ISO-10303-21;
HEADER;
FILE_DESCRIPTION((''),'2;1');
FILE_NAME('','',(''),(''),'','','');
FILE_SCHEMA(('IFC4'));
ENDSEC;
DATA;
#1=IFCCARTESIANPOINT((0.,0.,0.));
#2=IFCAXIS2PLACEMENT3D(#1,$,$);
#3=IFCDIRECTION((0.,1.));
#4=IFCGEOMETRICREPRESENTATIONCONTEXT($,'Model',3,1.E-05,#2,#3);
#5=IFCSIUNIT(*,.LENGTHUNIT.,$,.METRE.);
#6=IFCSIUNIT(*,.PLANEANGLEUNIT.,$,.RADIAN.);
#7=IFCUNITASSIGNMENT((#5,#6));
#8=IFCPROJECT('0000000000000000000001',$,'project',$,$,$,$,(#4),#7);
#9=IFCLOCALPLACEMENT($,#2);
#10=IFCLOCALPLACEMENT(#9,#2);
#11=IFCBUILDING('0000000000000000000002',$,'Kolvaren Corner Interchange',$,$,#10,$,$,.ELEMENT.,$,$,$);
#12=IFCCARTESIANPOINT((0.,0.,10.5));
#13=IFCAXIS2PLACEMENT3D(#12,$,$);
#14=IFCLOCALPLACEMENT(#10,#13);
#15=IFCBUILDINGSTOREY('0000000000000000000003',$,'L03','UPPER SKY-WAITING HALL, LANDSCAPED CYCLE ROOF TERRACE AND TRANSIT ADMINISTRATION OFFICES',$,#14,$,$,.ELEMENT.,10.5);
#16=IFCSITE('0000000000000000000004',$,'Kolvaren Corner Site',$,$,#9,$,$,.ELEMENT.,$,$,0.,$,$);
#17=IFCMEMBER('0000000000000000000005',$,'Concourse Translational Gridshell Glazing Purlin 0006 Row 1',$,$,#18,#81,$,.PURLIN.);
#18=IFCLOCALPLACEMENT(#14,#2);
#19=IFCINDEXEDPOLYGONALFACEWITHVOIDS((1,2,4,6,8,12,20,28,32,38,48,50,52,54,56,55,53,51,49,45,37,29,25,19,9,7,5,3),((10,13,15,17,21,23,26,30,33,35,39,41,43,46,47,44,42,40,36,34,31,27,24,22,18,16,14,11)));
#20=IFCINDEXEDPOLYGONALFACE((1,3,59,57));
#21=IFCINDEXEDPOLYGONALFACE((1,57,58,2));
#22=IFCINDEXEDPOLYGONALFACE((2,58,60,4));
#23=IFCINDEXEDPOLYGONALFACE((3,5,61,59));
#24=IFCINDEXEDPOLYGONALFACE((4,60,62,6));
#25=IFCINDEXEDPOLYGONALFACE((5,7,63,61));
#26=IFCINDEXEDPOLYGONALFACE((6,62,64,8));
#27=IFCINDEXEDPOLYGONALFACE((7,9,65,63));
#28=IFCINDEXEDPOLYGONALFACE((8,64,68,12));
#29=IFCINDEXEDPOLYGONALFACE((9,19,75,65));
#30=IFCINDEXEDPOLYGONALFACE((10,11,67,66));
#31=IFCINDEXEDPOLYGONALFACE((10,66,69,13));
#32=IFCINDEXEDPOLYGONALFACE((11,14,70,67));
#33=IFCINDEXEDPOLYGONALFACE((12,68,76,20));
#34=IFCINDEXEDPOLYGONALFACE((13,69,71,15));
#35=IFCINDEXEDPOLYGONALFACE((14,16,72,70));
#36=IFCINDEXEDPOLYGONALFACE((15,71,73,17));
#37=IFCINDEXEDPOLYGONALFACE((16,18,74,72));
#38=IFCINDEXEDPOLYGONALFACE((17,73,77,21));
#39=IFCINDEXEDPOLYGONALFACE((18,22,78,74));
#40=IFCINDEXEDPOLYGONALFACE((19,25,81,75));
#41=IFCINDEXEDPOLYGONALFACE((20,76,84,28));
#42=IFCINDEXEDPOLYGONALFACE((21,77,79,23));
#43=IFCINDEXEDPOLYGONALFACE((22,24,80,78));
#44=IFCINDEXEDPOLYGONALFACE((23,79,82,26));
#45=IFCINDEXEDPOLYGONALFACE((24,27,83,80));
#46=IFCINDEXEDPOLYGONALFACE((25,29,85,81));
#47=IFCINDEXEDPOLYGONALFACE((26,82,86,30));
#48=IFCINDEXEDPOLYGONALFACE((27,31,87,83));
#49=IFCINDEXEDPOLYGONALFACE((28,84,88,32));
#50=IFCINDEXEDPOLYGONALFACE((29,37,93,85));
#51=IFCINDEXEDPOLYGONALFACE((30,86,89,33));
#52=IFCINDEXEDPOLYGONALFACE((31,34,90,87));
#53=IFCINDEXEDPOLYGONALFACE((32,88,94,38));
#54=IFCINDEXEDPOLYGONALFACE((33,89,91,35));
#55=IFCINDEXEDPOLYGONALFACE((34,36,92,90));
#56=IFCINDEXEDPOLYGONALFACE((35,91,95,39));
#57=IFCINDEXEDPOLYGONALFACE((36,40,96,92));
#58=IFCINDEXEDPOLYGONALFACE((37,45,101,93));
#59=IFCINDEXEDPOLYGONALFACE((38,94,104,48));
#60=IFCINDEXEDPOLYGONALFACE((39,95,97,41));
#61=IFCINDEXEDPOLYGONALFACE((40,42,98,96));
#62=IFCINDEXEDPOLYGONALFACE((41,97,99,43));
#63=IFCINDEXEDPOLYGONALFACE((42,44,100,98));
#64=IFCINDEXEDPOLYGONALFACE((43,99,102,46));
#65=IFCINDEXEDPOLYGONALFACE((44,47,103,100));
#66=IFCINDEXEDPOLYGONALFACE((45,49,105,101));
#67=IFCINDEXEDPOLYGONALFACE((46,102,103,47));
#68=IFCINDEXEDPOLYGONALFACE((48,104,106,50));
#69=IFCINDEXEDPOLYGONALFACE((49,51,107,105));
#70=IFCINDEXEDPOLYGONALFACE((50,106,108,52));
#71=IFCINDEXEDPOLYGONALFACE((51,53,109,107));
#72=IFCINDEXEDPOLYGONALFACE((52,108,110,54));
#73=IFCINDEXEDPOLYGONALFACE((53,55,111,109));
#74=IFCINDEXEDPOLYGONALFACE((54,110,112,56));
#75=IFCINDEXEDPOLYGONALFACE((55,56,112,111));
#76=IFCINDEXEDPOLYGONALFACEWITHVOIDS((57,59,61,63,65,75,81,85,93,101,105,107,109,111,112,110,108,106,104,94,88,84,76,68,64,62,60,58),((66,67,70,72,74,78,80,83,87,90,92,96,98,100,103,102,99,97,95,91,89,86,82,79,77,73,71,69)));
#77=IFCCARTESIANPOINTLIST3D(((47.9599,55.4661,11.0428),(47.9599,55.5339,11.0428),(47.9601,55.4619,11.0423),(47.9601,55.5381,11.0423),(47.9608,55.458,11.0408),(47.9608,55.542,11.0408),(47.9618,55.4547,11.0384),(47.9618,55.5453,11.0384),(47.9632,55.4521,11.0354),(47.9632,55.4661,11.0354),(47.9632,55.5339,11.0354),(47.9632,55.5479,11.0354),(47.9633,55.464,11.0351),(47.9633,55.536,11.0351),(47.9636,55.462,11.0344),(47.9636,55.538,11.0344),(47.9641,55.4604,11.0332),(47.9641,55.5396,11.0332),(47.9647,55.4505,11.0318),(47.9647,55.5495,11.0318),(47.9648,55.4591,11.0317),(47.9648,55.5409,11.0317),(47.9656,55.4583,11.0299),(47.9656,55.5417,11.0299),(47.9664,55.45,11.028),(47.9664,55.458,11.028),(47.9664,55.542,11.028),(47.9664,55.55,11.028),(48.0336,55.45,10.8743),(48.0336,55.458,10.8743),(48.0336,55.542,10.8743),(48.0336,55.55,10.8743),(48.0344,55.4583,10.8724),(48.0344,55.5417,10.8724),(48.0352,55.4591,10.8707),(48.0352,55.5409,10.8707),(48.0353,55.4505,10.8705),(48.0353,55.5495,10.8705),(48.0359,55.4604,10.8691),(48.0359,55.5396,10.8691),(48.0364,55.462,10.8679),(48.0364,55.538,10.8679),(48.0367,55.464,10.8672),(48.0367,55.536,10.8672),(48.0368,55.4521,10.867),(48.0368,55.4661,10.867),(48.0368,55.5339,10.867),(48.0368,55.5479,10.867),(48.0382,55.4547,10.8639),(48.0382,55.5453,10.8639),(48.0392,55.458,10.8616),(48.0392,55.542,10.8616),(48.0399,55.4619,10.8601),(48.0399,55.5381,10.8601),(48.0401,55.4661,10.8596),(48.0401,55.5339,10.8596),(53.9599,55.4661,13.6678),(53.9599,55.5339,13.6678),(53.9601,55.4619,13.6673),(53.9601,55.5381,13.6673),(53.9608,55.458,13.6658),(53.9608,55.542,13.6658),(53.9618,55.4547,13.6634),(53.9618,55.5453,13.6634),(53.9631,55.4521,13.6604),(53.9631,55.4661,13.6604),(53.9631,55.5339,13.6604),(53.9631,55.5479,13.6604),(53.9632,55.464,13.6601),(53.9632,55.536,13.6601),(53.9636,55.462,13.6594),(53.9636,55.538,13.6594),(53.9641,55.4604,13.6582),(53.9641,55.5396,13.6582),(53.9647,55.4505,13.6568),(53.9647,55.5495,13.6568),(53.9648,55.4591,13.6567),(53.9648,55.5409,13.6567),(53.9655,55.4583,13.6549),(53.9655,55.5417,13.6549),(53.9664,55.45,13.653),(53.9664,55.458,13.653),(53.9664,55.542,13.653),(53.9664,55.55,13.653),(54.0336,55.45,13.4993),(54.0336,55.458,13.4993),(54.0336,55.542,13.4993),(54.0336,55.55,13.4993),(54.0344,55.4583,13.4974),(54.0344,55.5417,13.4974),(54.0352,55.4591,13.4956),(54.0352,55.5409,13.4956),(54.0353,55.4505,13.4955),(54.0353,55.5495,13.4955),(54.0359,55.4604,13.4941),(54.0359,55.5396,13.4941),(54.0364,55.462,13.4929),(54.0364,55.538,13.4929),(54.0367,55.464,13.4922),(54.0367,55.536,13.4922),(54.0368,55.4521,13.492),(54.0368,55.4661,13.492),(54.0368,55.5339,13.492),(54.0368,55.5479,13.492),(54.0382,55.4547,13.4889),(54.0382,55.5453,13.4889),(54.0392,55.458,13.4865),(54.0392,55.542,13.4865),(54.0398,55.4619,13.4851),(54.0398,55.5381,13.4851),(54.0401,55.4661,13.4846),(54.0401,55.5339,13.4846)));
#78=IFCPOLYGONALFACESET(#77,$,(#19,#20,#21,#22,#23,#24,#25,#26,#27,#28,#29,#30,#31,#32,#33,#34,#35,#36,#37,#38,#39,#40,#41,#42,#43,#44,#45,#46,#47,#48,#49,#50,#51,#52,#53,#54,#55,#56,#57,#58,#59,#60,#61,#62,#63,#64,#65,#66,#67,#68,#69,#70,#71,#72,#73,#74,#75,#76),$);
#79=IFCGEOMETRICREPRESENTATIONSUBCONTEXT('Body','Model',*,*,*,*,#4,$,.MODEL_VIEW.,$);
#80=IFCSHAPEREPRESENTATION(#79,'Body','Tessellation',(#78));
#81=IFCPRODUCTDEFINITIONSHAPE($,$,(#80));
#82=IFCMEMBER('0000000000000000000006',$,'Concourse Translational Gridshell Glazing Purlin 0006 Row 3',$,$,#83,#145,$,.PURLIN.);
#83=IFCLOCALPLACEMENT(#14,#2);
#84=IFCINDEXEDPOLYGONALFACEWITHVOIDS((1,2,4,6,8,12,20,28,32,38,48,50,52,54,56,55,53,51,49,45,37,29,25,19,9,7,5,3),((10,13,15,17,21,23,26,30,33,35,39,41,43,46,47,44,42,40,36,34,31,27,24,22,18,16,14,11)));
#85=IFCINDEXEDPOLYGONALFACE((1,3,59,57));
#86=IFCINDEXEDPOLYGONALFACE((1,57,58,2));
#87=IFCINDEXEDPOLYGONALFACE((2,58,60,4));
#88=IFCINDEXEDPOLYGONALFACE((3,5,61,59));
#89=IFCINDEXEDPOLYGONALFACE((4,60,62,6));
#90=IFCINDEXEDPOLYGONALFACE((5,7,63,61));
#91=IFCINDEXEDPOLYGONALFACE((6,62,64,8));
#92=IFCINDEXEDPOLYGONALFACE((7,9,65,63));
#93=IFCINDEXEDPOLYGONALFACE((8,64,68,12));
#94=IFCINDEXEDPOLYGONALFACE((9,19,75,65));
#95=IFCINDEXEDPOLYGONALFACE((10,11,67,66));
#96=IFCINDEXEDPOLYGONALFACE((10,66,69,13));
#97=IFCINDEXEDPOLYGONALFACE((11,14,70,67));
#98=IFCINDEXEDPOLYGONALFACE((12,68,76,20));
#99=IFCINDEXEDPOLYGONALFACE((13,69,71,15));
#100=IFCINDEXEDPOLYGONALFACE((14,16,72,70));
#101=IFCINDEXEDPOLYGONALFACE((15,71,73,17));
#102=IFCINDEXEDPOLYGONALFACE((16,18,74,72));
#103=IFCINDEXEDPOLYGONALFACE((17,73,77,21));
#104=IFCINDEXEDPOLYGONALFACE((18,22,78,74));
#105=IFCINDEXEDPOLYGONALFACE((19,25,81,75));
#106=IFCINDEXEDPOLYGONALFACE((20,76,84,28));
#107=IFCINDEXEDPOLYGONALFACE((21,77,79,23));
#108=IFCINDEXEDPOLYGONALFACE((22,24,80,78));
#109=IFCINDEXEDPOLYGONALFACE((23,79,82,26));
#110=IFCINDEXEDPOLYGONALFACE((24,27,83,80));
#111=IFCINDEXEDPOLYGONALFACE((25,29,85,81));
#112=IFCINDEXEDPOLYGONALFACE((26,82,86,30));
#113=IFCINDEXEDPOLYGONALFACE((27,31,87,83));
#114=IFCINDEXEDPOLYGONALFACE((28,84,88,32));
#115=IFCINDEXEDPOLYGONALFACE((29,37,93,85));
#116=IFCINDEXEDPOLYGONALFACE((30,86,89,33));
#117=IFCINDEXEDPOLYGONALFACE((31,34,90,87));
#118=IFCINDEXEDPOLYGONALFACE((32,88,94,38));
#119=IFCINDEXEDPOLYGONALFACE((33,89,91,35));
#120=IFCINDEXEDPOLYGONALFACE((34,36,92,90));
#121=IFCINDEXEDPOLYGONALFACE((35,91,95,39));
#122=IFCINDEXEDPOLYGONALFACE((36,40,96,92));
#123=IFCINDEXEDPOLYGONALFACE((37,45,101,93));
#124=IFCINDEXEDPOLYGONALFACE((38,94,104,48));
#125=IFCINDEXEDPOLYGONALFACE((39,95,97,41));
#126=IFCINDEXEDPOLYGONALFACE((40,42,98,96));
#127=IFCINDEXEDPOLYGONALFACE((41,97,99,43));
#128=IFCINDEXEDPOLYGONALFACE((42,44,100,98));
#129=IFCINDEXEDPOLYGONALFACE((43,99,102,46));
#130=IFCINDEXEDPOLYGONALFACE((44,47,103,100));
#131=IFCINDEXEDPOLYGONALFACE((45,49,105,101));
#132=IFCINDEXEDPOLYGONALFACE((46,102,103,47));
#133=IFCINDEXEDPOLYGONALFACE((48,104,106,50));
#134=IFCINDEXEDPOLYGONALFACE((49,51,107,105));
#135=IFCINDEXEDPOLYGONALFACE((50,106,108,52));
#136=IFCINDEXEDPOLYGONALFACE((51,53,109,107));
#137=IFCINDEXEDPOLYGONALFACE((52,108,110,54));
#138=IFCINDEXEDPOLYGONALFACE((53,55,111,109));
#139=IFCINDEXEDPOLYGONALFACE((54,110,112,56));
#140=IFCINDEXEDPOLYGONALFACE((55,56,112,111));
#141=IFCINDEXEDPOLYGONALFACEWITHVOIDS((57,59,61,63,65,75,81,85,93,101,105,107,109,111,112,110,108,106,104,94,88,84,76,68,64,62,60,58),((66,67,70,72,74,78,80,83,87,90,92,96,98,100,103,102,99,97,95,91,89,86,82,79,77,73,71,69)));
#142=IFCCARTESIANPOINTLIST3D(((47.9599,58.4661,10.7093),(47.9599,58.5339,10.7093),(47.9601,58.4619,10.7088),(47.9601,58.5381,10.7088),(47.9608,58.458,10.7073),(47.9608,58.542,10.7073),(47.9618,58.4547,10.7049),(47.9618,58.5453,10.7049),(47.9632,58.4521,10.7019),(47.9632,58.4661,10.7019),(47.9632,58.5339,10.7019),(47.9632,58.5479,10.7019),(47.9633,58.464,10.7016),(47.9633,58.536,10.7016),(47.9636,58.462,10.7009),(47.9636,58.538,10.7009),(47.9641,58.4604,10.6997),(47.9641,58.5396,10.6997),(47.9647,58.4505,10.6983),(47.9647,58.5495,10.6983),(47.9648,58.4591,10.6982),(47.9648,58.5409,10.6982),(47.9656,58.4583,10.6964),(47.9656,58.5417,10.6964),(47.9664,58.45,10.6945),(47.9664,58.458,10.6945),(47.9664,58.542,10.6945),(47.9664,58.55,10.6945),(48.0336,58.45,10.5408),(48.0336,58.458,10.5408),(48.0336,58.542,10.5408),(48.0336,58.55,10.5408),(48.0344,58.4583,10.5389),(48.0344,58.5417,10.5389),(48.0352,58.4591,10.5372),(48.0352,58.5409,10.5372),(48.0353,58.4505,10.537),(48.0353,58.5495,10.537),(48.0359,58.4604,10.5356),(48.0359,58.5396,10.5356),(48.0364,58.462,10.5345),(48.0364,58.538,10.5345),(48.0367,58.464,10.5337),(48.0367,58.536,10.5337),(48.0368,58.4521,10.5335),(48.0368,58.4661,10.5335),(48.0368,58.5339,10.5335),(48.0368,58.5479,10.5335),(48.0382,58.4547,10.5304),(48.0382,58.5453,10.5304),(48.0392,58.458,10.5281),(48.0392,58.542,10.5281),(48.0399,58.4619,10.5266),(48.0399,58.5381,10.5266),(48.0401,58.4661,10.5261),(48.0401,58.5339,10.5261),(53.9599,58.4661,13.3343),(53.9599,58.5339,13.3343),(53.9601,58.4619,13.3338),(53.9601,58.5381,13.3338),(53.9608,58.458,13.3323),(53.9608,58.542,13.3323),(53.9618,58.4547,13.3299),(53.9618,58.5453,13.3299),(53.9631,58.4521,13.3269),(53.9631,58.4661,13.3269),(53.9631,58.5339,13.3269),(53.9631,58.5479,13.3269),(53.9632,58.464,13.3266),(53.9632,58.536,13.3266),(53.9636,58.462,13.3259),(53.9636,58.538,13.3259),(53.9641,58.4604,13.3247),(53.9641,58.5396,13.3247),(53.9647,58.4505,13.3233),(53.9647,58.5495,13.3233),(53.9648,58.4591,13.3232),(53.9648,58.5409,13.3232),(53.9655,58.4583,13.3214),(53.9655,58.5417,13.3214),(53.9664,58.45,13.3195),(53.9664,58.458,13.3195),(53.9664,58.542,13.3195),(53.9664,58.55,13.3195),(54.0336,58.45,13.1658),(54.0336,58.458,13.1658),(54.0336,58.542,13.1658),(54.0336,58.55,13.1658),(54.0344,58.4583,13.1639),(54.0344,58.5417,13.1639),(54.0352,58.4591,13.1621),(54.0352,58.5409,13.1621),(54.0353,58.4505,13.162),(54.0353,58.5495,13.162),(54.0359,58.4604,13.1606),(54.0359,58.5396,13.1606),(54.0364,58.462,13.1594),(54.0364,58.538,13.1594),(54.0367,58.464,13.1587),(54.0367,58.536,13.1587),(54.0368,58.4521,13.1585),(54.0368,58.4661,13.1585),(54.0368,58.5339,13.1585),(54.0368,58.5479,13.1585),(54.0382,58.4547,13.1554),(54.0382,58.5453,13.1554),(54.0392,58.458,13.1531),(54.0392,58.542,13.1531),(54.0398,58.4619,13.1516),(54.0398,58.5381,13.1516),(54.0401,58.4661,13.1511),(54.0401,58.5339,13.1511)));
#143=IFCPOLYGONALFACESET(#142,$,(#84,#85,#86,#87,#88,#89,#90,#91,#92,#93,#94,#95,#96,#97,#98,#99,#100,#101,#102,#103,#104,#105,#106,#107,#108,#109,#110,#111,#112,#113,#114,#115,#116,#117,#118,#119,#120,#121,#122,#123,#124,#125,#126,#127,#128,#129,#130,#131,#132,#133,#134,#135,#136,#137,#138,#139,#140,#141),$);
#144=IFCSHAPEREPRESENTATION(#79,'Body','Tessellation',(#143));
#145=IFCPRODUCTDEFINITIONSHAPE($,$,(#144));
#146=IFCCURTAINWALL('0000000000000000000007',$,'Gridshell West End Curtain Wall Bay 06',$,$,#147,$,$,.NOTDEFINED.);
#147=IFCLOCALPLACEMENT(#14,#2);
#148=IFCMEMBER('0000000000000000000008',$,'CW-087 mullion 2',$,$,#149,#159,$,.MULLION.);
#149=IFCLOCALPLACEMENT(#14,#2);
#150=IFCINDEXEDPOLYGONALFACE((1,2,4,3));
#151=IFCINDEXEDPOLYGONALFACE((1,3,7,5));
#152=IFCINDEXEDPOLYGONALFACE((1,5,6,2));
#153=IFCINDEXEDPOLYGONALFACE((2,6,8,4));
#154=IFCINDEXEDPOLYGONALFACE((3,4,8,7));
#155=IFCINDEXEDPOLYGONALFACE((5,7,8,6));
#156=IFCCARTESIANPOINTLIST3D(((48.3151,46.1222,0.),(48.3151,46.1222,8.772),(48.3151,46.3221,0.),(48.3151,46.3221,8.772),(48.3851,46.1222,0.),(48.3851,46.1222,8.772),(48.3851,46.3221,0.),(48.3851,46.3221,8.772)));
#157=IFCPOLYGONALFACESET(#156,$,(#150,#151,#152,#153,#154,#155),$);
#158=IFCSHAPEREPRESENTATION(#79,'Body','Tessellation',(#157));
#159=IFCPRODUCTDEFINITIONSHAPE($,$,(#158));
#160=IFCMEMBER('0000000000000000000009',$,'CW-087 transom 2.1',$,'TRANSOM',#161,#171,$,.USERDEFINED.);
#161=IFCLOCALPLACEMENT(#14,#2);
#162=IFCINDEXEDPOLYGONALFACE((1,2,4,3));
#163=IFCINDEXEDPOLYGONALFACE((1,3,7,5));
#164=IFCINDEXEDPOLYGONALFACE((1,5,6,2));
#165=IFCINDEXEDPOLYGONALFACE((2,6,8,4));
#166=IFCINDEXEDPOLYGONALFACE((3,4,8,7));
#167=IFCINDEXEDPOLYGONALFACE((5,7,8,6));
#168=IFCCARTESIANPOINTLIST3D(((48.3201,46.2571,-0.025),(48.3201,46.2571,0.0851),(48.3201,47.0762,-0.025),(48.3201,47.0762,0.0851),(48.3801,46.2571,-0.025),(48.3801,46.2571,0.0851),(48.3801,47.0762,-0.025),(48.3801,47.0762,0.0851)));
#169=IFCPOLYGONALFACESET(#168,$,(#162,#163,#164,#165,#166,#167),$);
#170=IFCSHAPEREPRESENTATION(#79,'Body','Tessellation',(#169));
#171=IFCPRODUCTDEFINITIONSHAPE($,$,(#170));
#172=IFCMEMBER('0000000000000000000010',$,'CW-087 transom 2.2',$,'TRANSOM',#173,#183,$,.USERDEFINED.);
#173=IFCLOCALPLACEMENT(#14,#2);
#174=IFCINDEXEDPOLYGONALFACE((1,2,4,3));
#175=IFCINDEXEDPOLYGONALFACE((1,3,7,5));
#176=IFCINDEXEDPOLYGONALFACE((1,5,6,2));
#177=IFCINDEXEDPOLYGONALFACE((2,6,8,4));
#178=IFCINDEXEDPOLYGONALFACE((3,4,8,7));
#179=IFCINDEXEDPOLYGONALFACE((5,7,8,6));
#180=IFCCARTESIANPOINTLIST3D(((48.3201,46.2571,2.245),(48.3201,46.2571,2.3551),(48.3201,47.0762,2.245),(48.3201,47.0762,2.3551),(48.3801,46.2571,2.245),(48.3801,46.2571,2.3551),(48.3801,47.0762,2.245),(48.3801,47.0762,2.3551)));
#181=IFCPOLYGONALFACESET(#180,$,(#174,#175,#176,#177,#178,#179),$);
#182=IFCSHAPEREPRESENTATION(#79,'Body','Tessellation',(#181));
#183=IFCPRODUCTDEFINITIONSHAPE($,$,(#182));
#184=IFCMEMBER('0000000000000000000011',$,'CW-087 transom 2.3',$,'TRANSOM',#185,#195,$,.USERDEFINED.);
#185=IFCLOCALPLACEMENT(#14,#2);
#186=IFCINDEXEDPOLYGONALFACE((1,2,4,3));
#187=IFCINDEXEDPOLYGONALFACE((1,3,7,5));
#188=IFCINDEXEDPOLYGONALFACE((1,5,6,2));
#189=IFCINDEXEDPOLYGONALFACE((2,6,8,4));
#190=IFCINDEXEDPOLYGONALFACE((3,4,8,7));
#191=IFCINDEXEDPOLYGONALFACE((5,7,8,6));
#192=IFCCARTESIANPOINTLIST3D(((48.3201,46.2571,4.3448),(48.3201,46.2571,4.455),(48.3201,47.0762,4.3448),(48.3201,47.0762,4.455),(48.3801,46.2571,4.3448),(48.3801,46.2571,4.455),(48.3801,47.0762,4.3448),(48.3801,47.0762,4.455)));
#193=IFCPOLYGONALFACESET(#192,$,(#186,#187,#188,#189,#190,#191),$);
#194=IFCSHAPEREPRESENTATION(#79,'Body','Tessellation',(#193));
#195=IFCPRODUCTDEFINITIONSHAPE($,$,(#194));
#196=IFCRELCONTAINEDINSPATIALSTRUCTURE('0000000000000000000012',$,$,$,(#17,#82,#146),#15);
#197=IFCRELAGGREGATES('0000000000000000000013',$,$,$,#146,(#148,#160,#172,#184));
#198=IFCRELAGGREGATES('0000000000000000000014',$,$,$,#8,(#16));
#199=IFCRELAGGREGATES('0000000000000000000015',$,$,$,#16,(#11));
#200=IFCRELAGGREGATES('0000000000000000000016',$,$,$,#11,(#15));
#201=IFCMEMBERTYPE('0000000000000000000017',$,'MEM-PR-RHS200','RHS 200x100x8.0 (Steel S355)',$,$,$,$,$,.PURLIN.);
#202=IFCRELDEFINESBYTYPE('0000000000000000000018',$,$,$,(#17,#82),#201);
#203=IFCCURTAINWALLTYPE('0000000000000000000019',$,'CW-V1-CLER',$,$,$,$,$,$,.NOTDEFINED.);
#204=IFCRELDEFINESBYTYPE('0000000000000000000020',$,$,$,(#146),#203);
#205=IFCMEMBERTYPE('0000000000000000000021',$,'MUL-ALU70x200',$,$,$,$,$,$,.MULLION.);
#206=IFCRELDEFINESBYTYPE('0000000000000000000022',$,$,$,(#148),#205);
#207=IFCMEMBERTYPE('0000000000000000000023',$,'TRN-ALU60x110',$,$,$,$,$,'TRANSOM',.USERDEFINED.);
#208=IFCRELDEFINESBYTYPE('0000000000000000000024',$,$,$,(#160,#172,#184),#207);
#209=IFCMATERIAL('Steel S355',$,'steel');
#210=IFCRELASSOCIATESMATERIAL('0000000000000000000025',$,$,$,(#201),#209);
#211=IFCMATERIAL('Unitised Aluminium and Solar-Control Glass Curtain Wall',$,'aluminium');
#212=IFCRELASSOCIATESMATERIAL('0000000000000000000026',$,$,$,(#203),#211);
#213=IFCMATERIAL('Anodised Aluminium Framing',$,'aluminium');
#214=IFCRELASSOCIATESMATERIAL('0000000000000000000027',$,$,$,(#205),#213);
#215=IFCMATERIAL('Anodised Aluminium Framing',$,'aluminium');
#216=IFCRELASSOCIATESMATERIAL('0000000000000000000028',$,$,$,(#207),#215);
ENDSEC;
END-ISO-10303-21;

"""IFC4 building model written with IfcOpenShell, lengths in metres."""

from ifc_helpers import new_model, si_unit, direction, frame, origin, origin_2d, place, context, subcontext, project, spatial, rectangle, hollow_rectangle, extrude, material, material_profile, profile_set, type_object, element, aggregate, save


model = new_model("IFC4")

# Units and contexts
model_context = context("Model", 3, precision=1e-05, world=origin(), true_north=direction((0.0, 1.0)))
body_context = subcontext(model_context, "Body", "Model", "MODEL_VIEW")
ifc_project = project(units=[si_unit("LENGTHUNIT", "METRE"), si_unit("PLANEANGLEUNIT", "RADIAN")], contexts=[model_context])

# Site, building, storey
site_placement = place(None, origin())
site = spatial("IfcSite", under=ifc_project, at=site_placement, Name="Kolvaren Corner Site", CompositionType="ELEMENT", RefElevation=0.0)
building_placement = place(site_placement, origin())
building = spatial("IfcBuilding", under=site, at=building_placement, Name="Kolvaren Corner Interchange", CompositionType="ELEMENT")
storey_placement = place(building_placement, frame((0.0, 0.0, 10.5)))
storey = spatial("IfcBuildingStorey", under=building, at=storey_placement, Name="L03", Description="UPPER SKY-WAITING HALL, LANDSCAPED CYCLE ROOF TERRACE AND TRANSIT ADMINISTRATION OFFICES", CompositionType="ELEMENT", Elevation=10.5)

# Members
ifc_material_1 = material(Name="Steel S355", Category="steel")
ifc_material_profile_1 = material_profile(ifc_material_1, hollow_rectangle(XDim=0.1001, YDim=0.2, WallThickness=0.0081, InnerFilletRadius=0.0081, OuterFilletRadius=0.0161, at=origin_2d()), Name="RHS 200x100x8.0")
ifc_profile_set_1 = profile_set([ifc_material_profile_1], Name="Steel S355")
member_type_1 = type_object("IfcMemberType", Name="MEM-PR-RHS200", Description="RHS 200x100x8.0 (Steel S355)", PredefinedType="PURLIN", material=ifc_profile_set_1)
for number, where, z_axis, x_axis, name in (
    (1, (48.0, 55.5, 10.9512), (0.916157, 0.0, 0.400819), (0.0, 1.0, 0.0), "Concourse Translational Gridshell Glazing Purlin 0006 Row 1"),
    (2, (48.0, 58.5, 10.6177), (0.916157, 0.0, 0.400819), (0.0, 1.0, 0.0), "Concourse Translational Gridshell Glazing Purlin 0006 Row 3"),
):
    element("IfcMember", number, at=place(storey_placement, frame(where, z_axis=z_axis, x_axis=x_axis)), inside=storey, type_object=member_type_1, Name=name, PredefinedType="PURLIN", context=body_context, shape_type="SweptSolid", body=[
        extrude(hollow_rectangle(XDim=0.1001, YDim=0.2, WallThickness=0.0081, InnerFilletRadius=0.0081, OuterFilletRadius=0.0161, at=origin_2d()), origin(), (0.0, 0.0, 1.0), 6.5491),
    ])

# Curtain wall, members
ifc_material_2 = material(Name="Unitised Aluminium and Solar-Control Glass Curtain Wall", Category="aluminium")
curtain_wall_type = type_object("IfcCurtainWallType", Name="CW-V1-CLER", PredefinedType="NOTDEFINED", material=ifc_material_2)
curtain_wall_placement = place(storey_placement, origin())
curtain_wall = element("IfcCurtainWall", 3, at=curtain_wall_placement, inside=storey, type_object=curtain_wall_type, Name="Gridshell West End Curtain Wall Bay 06", PredefinedType="NOTDEFINED")
ifc_material_3 = material(Name="Anodised Aluminium Framing", Category="aluminium")
ifc_material_profile_2 = material_profile(ifc_material_3, rectangle(XDim=0.0701, YDim=0.2, at=origin_2d()), Name="ALU 70x200")
ifc_profile_set_2 = profile_set([ifc_material_profile_2], Name="Anodised Aluminium Framing")
member_type_2 = type_object("IfcMemberType", Name="MUL-ALU70x200", PredefinedType="MULLION", material=ifc_profile_set_2)
member_1_placement = place(storey_placement, frame((48.3501, 46.2222, 0.0), z_axis=(0.0, 0.0, 1.0), x_axis=(-1.0, 0.0, 0.0)))
member_1 = element("IfcMember", 4, at=member_1_placement, type_object=member_type_2, Name="CW-087 mullion 2", PredefinedType="MULLION", context=body_context, shape_type="SweptSolid", body=[
    extrude(rectangle(XDim=0.0701, YDim=0.2, at=origin_2d()), origin(), (0.0, 0.0, 1.0), 8.772),
])
ifc_material_4 = material(Name="Anodised Aluminium Framing", Category="aluminium")
ifc_material_profile_3 = material_profile(ifc_material_4, rectangle(XDim=0.0601, YDim=0.1101, at=origin_2d()), Name="ALU 60x110")
ifc_profile_set_3 = profile_set([ifc_material_profile_3], Name="Anodised Aluminium Framing")
member_type_3 = type_object("IfcMemberType", Name="TRN-ALU60x110", ElementType="TRANSOM", PredefinedType="USERDEFINED", material=ifc_profile_set_3)
member_2_placement = place(storey_placement, frame((48.3501, 46.2571, 0.03), z_axis=(0.0, 1.0, 0.0), x_axis=(-1.0, 0.0, 0.0)))
member_2 = element("IfcMember", 5, at=member_2_placement, type_object=member_type_3, Name="CW-087 transom 2.1", ObjectType="TRANSOM", PredefinedType="USERDEFINED", context=body_context, shape_type="SweptSolid", body=[
    extrude(rectangle(XDim=0.0601, YDim=0.1101, at=origin_2d()), origin(), (0.0, 0.0, 1.0), 0.8191),
])
member_3_placement = place(storey_placement, frame((48.3501, 46.2571, 2.3), z_axis=(0.0, 1.0, 0.0), x_axis=(-1.0, 0.0, 0.0)))
member_3 = element("IfcMember", 6, at=member_3_placement, type_object=member_type_3, Name="CW-087 transom 2.2", ObjectType="TRANSOM", PredefinedType="USERDEFINED", context=body_context, shape_type="SweptSolid", body=[
    extrude(rectangle(XDim=0.0601, YDim=0.1101, at=origin_2d()), origin(), (0.0, 0.0, 1.0), 0.8191),
])
member_4_placement = place(storey_placement, frame((48.3501, 46.2571, 4.3999), z_axis=(0.0, 1.0, 0.0), x_axis=(-1.0, 0.0, 0.0)))
member_4 = element("IfcMember", 7, at=member_4_placement, type_object=member_type_3, Name="CW-087 transom 2.3", ObjectType="TRANSOM", PredefinedType="USERDEFINED", context=body_context, shape_type="SweptSolid", body=[
    extrude(rectangle(XDim=0.0601, YDim=0.1101, at=origin_2d()), origin(), (0.0, 0.0, 1.0), 0.8191),
])
aggregate(curtain_wall, [member_1, member_2, member_3, member_4])

save(model, "model.ifc")
